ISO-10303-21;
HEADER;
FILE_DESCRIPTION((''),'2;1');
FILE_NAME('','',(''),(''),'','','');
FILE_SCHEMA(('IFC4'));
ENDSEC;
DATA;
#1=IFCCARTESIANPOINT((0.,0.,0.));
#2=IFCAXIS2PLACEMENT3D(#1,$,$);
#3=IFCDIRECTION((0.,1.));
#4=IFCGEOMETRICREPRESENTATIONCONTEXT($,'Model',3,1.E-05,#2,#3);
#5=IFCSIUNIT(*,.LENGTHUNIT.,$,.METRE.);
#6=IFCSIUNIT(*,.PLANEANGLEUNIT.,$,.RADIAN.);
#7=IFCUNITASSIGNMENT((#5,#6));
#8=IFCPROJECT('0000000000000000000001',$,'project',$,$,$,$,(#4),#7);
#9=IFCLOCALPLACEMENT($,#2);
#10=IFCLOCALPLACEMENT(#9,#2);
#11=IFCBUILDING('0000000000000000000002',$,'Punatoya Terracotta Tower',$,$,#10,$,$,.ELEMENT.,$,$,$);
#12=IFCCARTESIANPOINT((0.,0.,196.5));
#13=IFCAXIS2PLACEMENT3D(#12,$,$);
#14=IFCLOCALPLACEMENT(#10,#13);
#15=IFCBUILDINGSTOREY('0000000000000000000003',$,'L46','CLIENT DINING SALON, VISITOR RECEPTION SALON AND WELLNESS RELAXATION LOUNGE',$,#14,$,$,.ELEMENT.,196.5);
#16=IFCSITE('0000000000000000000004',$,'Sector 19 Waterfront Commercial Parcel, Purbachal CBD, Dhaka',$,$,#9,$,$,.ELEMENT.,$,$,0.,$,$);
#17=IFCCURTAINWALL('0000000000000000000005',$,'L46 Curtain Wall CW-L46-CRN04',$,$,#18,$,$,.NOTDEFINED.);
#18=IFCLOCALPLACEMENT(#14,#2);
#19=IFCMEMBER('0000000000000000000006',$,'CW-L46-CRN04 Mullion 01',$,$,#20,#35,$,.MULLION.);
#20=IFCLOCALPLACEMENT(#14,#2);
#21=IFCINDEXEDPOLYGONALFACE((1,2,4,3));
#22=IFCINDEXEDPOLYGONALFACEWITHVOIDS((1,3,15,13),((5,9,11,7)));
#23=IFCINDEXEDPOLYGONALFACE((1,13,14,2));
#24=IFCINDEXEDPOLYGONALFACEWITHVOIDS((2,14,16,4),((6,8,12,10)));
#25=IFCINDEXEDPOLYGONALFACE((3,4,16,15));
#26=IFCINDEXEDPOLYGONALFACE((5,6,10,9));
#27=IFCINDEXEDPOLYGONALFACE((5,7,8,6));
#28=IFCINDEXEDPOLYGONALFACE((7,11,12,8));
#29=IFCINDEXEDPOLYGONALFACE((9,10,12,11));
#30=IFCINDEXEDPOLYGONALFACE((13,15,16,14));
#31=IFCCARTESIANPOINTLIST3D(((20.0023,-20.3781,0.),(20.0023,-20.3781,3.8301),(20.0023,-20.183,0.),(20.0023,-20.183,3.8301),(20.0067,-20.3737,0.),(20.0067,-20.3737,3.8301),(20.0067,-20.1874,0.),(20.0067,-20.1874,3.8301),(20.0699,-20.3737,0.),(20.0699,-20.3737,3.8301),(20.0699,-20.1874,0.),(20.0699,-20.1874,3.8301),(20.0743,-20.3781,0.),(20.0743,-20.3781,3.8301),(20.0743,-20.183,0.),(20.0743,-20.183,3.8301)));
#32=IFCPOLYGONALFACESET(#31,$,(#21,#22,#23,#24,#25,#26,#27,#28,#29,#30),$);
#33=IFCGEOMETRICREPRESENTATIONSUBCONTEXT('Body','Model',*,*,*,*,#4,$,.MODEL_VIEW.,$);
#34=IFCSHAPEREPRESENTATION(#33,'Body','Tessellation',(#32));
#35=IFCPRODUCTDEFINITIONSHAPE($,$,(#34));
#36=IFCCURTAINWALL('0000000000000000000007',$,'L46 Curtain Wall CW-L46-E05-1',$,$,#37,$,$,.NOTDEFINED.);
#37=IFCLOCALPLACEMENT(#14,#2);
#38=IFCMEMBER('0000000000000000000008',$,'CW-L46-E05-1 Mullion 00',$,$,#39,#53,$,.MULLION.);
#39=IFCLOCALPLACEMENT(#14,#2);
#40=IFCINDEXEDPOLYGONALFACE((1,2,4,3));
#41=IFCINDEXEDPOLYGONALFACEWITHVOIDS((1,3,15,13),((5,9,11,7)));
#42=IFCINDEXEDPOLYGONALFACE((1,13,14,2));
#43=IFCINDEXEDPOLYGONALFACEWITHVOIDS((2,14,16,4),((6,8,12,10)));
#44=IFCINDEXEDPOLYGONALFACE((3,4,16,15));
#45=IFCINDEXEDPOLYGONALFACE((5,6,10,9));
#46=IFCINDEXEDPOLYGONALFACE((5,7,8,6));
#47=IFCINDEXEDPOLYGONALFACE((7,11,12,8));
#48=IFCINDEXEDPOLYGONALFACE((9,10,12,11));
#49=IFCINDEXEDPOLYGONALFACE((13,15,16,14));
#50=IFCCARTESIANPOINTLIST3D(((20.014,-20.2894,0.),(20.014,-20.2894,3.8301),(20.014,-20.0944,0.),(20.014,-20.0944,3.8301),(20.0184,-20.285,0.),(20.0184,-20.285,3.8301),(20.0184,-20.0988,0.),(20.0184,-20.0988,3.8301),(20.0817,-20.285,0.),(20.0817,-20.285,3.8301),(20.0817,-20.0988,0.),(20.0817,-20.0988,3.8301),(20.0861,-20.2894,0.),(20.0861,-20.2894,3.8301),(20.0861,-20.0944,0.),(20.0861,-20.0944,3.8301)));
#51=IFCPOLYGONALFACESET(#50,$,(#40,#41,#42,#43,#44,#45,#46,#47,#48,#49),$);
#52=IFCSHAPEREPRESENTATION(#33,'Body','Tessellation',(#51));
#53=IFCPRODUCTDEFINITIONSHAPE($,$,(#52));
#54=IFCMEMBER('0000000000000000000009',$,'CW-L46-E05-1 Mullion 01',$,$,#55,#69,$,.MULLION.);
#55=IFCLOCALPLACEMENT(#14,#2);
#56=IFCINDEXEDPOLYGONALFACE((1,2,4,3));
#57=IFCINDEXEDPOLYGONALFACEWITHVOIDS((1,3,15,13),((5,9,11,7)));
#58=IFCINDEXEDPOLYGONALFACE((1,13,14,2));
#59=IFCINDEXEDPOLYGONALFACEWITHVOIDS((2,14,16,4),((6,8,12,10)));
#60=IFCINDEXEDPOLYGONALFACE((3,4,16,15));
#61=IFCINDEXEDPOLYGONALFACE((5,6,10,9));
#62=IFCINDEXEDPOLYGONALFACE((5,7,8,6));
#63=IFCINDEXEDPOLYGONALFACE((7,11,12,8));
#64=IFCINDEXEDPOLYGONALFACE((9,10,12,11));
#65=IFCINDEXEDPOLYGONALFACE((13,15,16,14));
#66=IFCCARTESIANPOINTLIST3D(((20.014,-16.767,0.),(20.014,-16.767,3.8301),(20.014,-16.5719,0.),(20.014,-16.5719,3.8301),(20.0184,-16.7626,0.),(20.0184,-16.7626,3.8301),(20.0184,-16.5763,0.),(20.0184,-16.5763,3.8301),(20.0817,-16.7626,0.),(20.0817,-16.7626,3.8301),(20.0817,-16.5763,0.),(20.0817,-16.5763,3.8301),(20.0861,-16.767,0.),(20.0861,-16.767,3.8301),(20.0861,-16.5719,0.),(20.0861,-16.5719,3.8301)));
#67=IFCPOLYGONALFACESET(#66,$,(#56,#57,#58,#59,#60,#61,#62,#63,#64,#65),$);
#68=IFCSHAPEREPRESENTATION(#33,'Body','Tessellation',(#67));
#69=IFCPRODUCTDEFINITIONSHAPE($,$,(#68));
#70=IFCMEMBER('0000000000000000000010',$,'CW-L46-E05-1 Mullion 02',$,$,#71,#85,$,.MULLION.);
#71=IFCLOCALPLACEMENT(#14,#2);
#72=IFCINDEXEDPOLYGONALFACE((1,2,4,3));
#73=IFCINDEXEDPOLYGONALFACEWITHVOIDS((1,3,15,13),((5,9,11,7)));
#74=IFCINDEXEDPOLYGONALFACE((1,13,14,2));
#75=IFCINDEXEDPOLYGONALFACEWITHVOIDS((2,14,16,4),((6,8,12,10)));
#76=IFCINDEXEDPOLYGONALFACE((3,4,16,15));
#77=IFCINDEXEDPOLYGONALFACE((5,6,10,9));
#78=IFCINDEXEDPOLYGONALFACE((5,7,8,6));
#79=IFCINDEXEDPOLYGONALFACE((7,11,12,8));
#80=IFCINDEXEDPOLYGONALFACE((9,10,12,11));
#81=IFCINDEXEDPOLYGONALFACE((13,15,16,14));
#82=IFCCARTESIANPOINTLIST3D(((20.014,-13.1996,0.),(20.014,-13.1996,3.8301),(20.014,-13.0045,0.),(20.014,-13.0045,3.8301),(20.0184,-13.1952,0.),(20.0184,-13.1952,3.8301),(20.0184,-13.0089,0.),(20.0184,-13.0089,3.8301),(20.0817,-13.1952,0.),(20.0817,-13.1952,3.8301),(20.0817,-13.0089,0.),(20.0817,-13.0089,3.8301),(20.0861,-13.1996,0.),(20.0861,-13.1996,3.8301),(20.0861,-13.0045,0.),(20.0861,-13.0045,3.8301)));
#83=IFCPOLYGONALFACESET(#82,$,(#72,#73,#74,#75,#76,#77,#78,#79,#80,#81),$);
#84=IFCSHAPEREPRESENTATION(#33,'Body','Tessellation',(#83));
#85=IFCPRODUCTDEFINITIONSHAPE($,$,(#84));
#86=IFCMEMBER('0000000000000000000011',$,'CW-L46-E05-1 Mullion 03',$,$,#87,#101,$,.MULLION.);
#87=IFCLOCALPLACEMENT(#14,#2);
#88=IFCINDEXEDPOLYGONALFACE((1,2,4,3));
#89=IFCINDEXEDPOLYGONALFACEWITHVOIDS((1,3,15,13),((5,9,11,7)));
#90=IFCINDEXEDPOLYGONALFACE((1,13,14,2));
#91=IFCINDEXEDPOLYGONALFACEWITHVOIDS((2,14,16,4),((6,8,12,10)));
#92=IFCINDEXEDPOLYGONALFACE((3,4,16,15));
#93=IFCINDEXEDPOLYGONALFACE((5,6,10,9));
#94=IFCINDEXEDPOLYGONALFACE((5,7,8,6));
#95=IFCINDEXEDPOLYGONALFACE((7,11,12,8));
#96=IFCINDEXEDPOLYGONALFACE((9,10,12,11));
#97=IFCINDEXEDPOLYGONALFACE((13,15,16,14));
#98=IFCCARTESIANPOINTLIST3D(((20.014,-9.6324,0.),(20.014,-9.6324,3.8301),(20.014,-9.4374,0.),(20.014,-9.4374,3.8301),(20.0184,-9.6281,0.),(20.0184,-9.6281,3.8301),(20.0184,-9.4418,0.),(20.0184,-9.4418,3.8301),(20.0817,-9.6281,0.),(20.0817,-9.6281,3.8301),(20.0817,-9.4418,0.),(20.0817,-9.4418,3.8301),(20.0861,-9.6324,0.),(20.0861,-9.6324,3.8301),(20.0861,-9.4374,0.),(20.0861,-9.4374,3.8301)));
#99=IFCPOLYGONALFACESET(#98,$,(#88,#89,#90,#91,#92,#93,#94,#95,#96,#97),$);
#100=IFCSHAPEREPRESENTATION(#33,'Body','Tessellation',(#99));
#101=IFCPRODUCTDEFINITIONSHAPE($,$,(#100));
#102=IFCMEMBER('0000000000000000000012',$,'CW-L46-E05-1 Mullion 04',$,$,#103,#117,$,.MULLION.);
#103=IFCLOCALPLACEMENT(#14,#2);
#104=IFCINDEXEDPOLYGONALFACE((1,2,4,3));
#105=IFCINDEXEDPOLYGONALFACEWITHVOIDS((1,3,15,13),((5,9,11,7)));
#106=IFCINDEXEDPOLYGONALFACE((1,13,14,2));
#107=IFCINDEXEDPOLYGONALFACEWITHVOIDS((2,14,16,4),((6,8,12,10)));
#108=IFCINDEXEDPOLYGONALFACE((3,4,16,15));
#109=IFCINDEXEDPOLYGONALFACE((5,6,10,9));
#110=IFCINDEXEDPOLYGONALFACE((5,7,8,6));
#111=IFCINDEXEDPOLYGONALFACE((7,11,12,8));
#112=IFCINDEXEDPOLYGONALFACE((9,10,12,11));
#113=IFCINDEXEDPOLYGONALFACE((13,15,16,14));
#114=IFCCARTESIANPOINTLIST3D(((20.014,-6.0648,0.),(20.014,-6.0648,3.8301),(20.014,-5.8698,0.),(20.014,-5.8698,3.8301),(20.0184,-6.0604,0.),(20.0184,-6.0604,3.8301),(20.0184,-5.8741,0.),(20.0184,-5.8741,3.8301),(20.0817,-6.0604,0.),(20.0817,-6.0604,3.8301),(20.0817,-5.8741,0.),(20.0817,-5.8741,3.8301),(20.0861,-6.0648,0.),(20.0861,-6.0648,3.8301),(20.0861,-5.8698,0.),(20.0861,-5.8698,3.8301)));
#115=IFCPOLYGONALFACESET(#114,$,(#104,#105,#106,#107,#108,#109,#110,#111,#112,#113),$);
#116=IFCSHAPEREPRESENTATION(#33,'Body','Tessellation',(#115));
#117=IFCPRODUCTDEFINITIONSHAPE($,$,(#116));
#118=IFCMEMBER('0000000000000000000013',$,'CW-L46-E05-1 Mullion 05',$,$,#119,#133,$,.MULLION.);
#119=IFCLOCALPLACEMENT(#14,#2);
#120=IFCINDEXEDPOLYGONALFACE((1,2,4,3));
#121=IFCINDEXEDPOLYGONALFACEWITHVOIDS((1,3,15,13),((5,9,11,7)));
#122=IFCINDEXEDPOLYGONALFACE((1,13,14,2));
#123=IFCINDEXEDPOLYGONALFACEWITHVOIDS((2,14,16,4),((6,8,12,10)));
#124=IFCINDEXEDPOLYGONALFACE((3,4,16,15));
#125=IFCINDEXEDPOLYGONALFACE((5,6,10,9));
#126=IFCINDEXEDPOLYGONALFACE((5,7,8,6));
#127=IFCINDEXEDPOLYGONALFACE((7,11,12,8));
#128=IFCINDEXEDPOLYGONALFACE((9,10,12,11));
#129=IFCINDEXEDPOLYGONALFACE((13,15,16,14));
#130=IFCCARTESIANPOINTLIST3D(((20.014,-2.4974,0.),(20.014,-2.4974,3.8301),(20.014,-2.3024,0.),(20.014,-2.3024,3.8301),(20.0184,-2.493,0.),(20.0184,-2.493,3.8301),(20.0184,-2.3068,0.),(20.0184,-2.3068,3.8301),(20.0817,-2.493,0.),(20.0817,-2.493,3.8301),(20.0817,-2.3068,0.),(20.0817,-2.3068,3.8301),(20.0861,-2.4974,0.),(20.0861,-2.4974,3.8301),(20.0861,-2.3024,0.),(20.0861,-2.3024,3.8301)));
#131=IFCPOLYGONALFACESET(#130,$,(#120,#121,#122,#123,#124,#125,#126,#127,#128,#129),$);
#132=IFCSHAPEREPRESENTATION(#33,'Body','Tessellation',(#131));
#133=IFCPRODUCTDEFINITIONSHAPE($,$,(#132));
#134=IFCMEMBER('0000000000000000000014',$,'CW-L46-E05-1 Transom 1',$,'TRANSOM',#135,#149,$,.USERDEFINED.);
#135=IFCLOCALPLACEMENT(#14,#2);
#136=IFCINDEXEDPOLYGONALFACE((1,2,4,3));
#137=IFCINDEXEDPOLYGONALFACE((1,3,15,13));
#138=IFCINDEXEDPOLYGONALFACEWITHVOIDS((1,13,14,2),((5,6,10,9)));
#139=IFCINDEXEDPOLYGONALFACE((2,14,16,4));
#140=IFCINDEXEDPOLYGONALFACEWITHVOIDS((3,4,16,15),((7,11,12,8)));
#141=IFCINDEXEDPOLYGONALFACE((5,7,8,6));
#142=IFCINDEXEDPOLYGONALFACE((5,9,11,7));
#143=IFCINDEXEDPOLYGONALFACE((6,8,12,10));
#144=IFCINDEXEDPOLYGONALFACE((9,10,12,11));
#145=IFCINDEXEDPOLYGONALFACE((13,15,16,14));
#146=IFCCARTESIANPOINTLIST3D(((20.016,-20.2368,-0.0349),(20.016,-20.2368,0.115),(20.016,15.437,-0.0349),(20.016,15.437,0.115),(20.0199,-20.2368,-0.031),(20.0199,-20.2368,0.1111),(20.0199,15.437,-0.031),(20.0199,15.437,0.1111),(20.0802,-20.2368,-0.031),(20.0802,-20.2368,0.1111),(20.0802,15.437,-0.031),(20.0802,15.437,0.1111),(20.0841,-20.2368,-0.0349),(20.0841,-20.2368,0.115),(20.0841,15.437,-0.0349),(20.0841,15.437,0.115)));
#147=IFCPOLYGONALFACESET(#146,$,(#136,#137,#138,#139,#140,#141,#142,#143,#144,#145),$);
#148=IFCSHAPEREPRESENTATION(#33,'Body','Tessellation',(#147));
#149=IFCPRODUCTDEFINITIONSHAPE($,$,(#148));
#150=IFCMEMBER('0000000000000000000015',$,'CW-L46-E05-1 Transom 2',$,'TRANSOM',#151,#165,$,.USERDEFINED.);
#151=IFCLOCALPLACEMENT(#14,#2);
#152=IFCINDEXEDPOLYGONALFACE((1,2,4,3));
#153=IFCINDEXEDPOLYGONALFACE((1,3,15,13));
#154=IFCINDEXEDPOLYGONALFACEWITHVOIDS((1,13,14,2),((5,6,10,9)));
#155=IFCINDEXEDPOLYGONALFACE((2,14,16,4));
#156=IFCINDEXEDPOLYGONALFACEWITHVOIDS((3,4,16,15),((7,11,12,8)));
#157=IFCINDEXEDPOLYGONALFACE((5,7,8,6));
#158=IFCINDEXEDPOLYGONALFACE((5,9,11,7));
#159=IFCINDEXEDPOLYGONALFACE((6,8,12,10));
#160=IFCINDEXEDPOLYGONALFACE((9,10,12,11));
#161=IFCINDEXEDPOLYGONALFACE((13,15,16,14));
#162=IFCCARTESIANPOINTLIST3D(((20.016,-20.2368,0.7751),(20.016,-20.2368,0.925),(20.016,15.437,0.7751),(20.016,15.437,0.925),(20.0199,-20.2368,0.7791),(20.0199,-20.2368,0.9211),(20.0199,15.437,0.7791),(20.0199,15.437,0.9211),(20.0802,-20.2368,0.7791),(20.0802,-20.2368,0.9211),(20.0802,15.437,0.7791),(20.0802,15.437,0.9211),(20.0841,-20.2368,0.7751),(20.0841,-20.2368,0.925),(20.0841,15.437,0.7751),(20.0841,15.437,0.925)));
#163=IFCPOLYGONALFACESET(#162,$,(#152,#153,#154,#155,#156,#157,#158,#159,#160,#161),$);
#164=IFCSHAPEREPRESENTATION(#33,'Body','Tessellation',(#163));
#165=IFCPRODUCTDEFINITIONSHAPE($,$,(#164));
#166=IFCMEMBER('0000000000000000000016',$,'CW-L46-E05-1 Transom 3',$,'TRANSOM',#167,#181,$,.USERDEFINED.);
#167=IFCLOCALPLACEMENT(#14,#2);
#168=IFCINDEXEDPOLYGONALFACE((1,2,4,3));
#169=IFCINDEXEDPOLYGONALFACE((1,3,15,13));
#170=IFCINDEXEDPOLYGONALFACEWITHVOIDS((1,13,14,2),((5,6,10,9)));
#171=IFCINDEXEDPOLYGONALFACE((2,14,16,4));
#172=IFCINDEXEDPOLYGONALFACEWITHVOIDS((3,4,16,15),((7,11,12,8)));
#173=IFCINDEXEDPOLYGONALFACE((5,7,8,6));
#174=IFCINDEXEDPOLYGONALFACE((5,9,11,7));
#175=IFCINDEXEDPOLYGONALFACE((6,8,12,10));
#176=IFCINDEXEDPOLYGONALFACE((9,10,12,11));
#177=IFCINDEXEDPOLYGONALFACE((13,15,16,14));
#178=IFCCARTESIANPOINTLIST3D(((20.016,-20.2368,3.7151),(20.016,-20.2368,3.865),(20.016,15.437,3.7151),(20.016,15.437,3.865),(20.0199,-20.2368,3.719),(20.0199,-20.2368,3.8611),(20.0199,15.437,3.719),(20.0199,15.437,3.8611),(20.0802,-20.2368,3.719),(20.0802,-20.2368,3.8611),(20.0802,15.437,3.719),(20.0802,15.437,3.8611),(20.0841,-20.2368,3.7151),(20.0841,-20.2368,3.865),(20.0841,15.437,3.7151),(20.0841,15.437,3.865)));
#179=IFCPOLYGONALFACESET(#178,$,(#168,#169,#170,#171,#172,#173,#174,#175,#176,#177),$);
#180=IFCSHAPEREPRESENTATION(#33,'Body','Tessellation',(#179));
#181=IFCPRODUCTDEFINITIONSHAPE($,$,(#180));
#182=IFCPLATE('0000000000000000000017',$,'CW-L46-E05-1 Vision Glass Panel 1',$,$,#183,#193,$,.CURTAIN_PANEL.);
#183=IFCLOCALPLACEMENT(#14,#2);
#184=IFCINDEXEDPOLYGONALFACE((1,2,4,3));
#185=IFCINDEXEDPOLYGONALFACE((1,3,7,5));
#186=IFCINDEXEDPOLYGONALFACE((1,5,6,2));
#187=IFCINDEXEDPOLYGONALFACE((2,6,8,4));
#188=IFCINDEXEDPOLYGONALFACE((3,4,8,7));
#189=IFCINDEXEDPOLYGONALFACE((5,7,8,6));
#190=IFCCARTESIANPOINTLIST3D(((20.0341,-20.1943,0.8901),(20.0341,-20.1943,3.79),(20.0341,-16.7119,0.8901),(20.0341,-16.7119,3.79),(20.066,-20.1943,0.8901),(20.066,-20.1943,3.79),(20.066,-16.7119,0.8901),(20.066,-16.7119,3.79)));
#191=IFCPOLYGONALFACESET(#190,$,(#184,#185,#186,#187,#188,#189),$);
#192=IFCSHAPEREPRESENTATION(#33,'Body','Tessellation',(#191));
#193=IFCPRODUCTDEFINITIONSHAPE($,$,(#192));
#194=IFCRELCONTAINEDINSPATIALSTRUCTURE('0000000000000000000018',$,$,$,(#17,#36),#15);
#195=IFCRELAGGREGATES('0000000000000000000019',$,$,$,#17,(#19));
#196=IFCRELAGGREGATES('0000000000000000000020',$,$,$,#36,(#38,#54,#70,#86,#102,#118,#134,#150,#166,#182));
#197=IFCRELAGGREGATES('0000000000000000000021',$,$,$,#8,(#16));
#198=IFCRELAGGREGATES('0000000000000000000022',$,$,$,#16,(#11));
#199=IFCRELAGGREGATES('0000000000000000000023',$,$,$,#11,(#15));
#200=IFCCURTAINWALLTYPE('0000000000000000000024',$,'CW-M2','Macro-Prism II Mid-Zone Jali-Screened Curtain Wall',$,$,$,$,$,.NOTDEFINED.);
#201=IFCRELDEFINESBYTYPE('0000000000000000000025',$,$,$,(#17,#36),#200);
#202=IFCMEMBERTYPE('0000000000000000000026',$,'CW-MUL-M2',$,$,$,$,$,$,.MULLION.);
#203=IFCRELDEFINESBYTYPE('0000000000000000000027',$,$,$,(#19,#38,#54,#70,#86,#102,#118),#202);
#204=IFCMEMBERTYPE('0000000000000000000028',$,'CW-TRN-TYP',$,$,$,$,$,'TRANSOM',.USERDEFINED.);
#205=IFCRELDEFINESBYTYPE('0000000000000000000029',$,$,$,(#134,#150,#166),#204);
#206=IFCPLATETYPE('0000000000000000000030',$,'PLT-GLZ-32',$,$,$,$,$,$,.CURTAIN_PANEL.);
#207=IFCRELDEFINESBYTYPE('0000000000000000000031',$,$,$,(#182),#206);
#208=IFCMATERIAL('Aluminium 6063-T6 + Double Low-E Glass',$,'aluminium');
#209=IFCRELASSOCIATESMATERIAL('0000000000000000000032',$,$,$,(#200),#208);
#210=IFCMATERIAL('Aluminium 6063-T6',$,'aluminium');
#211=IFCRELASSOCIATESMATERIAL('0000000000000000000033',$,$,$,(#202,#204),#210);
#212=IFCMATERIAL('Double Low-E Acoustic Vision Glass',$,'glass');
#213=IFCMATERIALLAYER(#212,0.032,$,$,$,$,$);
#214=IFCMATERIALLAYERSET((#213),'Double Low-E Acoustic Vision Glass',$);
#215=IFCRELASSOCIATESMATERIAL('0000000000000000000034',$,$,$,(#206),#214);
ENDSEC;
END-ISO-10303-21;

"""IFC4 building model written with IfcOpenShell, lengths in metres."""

from ifc_helpers import new_model, si_unit, direction, frame, origin, origin_2d, place, context, subcontext, project, spatial, rectangle, hollow_rectangle, extrude, material, layer, layer_set, material_profile, profile_set, type_object, element, aggregate, save


model = new_model("IFC4")

# Units and contexts
model_context = context("Model", 3, precision=1e-05, world=origin(), true_north=direction((0.0, 1.0)))
body_context = subcontext(model_context, "Body", "Model", "MODEL_VIEW")
ifc_project = project(units=[si_unit("LENGTHUNIT", "METRE"), si_unit("PLANEANGLEUNIT", "RADIAN")], contexts=[model_context])

# Site, building, storey
site_placement = place(None, origin())
site = spatial("IfcSite", under=ifc_project, at=site_placement, Name="Sector 19 Waterfront Commercial Parcel, Purbachal CBD, Dhaka", CompositionType="ELEMENT", RefElevation=0.0)
building_placement = place(site_placement, origin())
building = spatial("IfcBuilding", under=site, at=building_placement, Name="Punatoya Terracotta Tower", CompositionType="ELEMENT")
storey_placement = place(building_placement, frame((0.0, 0.0, 196.5)))
storey = spatial("IfcBuildingStorey", under=building, at=storey_placement, Name="L46", Description="CLIENT DINING SALON, VISITOR RECEPTION SALON AND WELLNESS RELAXATION LOUNGE", CompositionType="ELEMENT", Elevation=196.5)

# Curtain wall, member
ifc_material_1 = material(Name="Aluminium 6063-T6 + Double Low-E Glass", Category="aluminium")
curtain_wall_type = type_object("IfcCurtainWallType", Name="CW-M2", Description="Macro-Prism II Mid-Zone Jali-Screened Curtain Wall", PredefinedType="NOTDEFINED", material=ifc_material_1)
curtain_wall_1_placement = place(storey_placement, origin())
curtain_wall_1 = element("IfcCurtainWall", 1, at=curtain_wall_1_placement, inside=storey, type_object=curtain_wall_type, Name="L46 Curtain Wall CW-L46-CRN04", PredefinedType="NOTDEFINED")
ifc_material_2 = material(Name="Aluminium 6063-T6", Category="aluminium")
ifc_material_profile_1 = material_profile(ifc_material_2, hollow_rectangle(XDim=0.072, YDim=0.1951, WallThickness=0.0044, at=origin_2d()))
ifc_profile_set_1 = profile_set([ifc_material_profile_1], Name="Aluminium 6063-T6")
member_type_1 = type_object("IfcMemberType", Name="CW-MUL-M2", PredefinedType="MULLION", material=ifc_profile_set_1)
member_1_placement = place(storey_placement, frame((20.0383, -20.2805, 0.0), z_axis=(0.0, 0.0, 1.0), x_axis=(1.0, 0.0, 0.0)))
member_1 = element("IfcMember", 2, at=member_1_placement, type_object=member_type_1, Name="CW-L46-CRN04 Mullion 01", PredefinedType="MULLION", context=body_context, shape_type="SweptSolid", body=[
    extrude(hollow_rectangle(XDim=0.072, YDim=0.1951, WallThickness=0.0044, at=origin_2d()), origin(), (0.0, 0.0, 1.0), 3.8301),
])
aggregate(curtain_wall_1, [member_1])

# Curtain wall, members, plate
curtain_wall_2_placement = place(storey_placement, origin())
curtain_wall_2 = element("IfcCurtainWall", 3, at=curtain_wall_2_placement, inside=storey, type_object=curtain_wall_type, Name="L46 Curtain Wall CW-L46-E05-1", PredefinedType="NOTDEFINED")
member_2_placement = place(storey_placement, frame((20.05, -20.1919, 0.0), z_axis=(0.0, 0.0, 1.0), x_axis=(1.0, 0.0, 0.0)))
member_2 = element("IfcMember", 4, at=member_2_placement, type_object=member_type_1, Name="CW-L46-E05-1 Mullion 00", PredefinedType="MULLION", context=body_context, shape_type="SweptSolid", body=[
    extrude(hollow_rectangle(XDim=0.072, YDim=0.1951, WallThickness=0.0044, at=origin_2d()), origin(), (0.0, 0.0, 1.0), 3.8301),
])
member_3_placement = place(storey_placement, frame((20.05, -16.6694, 0.0), z_axis=(0.0, 0.0, 1.0), x_axis=(1.0, 0.0, 0.0)))
member_3 = element("IfcMember", 5, at=member_3_placement, type_object=member_type_1, Name="CW-L46-E05-1 Mullion 01", PredefinedType="MULLION", context=body_context, shape_type="SweptSolid", body=[
    extrude(hollow_rectangle(XDim=0.072, YDim=0.1951, WallThickness=0.0044, at=origin_2d()), origin(), (0.0, 0.0, 1.0), 3.8301),
])
member_4_placement = place(storey_placement, frame((20.05, -13.1021, 0.0), z_axis=(0.0, 0.0, 1.0), x_axis=(1.0, 0.0, 0.0)))
member_4 = element("IfcMember", 6, at=member_4_placement, type_object=member_type_1, Name="CW-L46-E05-1 Mullion 02", PredefinedType="MULLION", context=body_context, shape_type="SweptSolid", body=[
    extrude(hollow_rectangle(XDim=0.072, YDim=0.1951, WallThickness=0.0044, at=origin_2d()), origin(), (0.0, 0.0, 1.0), 3.8301),
])
member_5_placement = place(storey_placement, frame((20.05, -9.5349, 0.0), z_axis=(0.0, 0.0, 1.0), x_axis=(1.0, 0.0, 0.0)))
member_5 = element("IfcMember", 7, at=member_5_placement, type_object=member_type_1, Name="CW-L46-E05-1 Mullion 03", PredefinedType="MULLION", context=body_context, shape_type="SweptSolid", body=[
    extrude(hollow_rectangle(XDim=0.072, YDim=0.1951, WallThickness=0.0044, at=origin_2d()), origin(), (0.0, 0.0, 1.0), 3.8301),
])
member_6_placement = place(storey_placement, frame((20.05, -5.9673, 0.0), z_axis=(0.0, 0.0, 1.0), x_axis=(1.0, 0.0, 0.0)))
member_6 = element("IfcMember", 8, at=member_6_placement, type_object=member_type_1, Name="CW-L46-E05-1 Mullion 04", PredefinedType="MULLION", context=body_context, shape_type="SweptSolid", body=[
    extrude(hollow_rectangle(XDim=0.072, YDim=0.1951, WallThickness=0.0044, at=origin_2d()), origin(), (0.0, 0.0, 1.0), 3.8301),
])
member_7_placement = place(storey_placement, frame((20.05, -2.3999, 0.0), z_axis=(0.0, 0.0, 1.0), x_axis=(1.0, 0.0, 0.0)))
member_7 = element("IfcMember", 9, at=member_7_placement, type_object=member_type_1, Name="CW-L46-E05-1 Mullion 05", PredefinedType="MULLION", context=body_context, shape_type="SweptSolid", body=[
    extrude(hollow_rectangle(XDim=0.072, YDim=0.1951, WallThickness=0.0044, at=origin_2d()), origin(), (0.0, 0.0, 1.0), 3.8301),
])
ifc_material_profile_2 = material_profile(ifc_material_2, hollow_rectangle(XDim=0.0681, YDim=0.1499, WallThickness=0.0039, at=origin_2d()))
ifc_profile_set_2 = profile_set([ifc_material_profile_2], Name="Aluminium 6063-T6")
member_type_2 = type_object("IfcMemberType", Name="CW-TRN-TYP", ElementType="TRANSOM", PredefinedType="USERDEFINED", material=ifc_profile_set_2)
member_8_placement = place(storey_placement, frame((20.05, -20.2368, 0.04), z_axis=(0.0, 1.0, 0.0), x_axis=(-1.0, 0.0, 0.0)))
member_8 = element("IfcMember", 10, at=member_8_placement, type_object=member_type_2, Name="CW-L46-E05-1 Transom 1", ObjectType="TRANSOM", PredefinedType="USERDEFINED", context=body_context, shape_type="SweptSolid", body=[
    extrude(hollow_rectangle(XDim=0.0681, YDim=0.1499, WallThickness=0.0039, at=origin_2d()), origin(), (0.0, 0.0, 1.0), 35.6738),
])
member_9_placement = place(storey_placement, frame((20.05, -20.2368, 0.8501), z_axis=(0.0, 1.0, 0.0), x_axis=(-1.0, 0.0, 0.0)))
member_9 = element("IfcMember", 11, at=member_9_placement, type_object=member_type_2, Name="CW-L46-E05-1 Transom 2", ObjectType="TRANSOM", PredefinedType="USERDEFINED", context=body_context, shape_type="SweptSolid", body=[
    extrude(hollow_rectangle(XDim=0.0681, YDim=0.1499, WallThickness=0.0039, at=origin_2d()), origin(), (0.0, 0.0, 1.0), 35.6738),
])
member_10_placement = place(storey_placement, frame((20.05, -20.2368, 3.79), z_axis=(0.0, 1.0, 0.0), x_axis=(-1.0, 0.0, 0.0)))
member_10 = element("IfcMember", 12, at=member_10_placement, type_object=member_type_2, Name="CW-L46-E05-1 Transom 3", ObjectType="TRANSOM", PredefinedType="USERDEFINED", context=body_context, shape_type="SweptSolid", body=[
    extrude(hollow_rectangle(XDim=0.0681, YDim=0.1499, WallThickness=0.0039, at=origin_2d()), origin(), (0.0, 0.0, 1.0), 35.6738),
])
ifc_material_3 = material(Name="Double Low-E Acoustic Vision Glass", Category="glass")
ifc_layer_1 = layer(ifc_material_3, 0.032)
ifc_layer_set_1 = layer_set([ifc_layer_1], Name="Double Low-E Acoustic Vision Glass")
plate_type_1 = type_object("IfcPlateType", Name="PLT-GLZ-32", PredefinedType="CURTAIN_PANEL", material=ifc_layer_set_1)
plate_1_placement = place(storey_placement, frame((20.05, -18.4531, 0.8901), z_axis=(0.0, 0.0, 1.0), x_axis=(0.0, 1.0, 0.0)))
plate_1 = element("IfcPlate", 13, at=plate_1_placement, type_object=plate_type_1, Name="CW-L46-E05-1 Vision Glass Panel 1", PredefinedType="CURTAIN_PANEL", context=body_context, shape_type="SweptSolid", body=[
    extrude(rectangle(XDim=3.4824, YDim=0.032, at=origin_2d()), origin(), (0.0, 0.0, 1.0), 2.8999),
])
aggregate(curtain_wall_2, [member_2, member_3, member_4, member_5, member_6, member_7, member_8, member_9, member_10, plate_1])

save(model, "model.ifc")
